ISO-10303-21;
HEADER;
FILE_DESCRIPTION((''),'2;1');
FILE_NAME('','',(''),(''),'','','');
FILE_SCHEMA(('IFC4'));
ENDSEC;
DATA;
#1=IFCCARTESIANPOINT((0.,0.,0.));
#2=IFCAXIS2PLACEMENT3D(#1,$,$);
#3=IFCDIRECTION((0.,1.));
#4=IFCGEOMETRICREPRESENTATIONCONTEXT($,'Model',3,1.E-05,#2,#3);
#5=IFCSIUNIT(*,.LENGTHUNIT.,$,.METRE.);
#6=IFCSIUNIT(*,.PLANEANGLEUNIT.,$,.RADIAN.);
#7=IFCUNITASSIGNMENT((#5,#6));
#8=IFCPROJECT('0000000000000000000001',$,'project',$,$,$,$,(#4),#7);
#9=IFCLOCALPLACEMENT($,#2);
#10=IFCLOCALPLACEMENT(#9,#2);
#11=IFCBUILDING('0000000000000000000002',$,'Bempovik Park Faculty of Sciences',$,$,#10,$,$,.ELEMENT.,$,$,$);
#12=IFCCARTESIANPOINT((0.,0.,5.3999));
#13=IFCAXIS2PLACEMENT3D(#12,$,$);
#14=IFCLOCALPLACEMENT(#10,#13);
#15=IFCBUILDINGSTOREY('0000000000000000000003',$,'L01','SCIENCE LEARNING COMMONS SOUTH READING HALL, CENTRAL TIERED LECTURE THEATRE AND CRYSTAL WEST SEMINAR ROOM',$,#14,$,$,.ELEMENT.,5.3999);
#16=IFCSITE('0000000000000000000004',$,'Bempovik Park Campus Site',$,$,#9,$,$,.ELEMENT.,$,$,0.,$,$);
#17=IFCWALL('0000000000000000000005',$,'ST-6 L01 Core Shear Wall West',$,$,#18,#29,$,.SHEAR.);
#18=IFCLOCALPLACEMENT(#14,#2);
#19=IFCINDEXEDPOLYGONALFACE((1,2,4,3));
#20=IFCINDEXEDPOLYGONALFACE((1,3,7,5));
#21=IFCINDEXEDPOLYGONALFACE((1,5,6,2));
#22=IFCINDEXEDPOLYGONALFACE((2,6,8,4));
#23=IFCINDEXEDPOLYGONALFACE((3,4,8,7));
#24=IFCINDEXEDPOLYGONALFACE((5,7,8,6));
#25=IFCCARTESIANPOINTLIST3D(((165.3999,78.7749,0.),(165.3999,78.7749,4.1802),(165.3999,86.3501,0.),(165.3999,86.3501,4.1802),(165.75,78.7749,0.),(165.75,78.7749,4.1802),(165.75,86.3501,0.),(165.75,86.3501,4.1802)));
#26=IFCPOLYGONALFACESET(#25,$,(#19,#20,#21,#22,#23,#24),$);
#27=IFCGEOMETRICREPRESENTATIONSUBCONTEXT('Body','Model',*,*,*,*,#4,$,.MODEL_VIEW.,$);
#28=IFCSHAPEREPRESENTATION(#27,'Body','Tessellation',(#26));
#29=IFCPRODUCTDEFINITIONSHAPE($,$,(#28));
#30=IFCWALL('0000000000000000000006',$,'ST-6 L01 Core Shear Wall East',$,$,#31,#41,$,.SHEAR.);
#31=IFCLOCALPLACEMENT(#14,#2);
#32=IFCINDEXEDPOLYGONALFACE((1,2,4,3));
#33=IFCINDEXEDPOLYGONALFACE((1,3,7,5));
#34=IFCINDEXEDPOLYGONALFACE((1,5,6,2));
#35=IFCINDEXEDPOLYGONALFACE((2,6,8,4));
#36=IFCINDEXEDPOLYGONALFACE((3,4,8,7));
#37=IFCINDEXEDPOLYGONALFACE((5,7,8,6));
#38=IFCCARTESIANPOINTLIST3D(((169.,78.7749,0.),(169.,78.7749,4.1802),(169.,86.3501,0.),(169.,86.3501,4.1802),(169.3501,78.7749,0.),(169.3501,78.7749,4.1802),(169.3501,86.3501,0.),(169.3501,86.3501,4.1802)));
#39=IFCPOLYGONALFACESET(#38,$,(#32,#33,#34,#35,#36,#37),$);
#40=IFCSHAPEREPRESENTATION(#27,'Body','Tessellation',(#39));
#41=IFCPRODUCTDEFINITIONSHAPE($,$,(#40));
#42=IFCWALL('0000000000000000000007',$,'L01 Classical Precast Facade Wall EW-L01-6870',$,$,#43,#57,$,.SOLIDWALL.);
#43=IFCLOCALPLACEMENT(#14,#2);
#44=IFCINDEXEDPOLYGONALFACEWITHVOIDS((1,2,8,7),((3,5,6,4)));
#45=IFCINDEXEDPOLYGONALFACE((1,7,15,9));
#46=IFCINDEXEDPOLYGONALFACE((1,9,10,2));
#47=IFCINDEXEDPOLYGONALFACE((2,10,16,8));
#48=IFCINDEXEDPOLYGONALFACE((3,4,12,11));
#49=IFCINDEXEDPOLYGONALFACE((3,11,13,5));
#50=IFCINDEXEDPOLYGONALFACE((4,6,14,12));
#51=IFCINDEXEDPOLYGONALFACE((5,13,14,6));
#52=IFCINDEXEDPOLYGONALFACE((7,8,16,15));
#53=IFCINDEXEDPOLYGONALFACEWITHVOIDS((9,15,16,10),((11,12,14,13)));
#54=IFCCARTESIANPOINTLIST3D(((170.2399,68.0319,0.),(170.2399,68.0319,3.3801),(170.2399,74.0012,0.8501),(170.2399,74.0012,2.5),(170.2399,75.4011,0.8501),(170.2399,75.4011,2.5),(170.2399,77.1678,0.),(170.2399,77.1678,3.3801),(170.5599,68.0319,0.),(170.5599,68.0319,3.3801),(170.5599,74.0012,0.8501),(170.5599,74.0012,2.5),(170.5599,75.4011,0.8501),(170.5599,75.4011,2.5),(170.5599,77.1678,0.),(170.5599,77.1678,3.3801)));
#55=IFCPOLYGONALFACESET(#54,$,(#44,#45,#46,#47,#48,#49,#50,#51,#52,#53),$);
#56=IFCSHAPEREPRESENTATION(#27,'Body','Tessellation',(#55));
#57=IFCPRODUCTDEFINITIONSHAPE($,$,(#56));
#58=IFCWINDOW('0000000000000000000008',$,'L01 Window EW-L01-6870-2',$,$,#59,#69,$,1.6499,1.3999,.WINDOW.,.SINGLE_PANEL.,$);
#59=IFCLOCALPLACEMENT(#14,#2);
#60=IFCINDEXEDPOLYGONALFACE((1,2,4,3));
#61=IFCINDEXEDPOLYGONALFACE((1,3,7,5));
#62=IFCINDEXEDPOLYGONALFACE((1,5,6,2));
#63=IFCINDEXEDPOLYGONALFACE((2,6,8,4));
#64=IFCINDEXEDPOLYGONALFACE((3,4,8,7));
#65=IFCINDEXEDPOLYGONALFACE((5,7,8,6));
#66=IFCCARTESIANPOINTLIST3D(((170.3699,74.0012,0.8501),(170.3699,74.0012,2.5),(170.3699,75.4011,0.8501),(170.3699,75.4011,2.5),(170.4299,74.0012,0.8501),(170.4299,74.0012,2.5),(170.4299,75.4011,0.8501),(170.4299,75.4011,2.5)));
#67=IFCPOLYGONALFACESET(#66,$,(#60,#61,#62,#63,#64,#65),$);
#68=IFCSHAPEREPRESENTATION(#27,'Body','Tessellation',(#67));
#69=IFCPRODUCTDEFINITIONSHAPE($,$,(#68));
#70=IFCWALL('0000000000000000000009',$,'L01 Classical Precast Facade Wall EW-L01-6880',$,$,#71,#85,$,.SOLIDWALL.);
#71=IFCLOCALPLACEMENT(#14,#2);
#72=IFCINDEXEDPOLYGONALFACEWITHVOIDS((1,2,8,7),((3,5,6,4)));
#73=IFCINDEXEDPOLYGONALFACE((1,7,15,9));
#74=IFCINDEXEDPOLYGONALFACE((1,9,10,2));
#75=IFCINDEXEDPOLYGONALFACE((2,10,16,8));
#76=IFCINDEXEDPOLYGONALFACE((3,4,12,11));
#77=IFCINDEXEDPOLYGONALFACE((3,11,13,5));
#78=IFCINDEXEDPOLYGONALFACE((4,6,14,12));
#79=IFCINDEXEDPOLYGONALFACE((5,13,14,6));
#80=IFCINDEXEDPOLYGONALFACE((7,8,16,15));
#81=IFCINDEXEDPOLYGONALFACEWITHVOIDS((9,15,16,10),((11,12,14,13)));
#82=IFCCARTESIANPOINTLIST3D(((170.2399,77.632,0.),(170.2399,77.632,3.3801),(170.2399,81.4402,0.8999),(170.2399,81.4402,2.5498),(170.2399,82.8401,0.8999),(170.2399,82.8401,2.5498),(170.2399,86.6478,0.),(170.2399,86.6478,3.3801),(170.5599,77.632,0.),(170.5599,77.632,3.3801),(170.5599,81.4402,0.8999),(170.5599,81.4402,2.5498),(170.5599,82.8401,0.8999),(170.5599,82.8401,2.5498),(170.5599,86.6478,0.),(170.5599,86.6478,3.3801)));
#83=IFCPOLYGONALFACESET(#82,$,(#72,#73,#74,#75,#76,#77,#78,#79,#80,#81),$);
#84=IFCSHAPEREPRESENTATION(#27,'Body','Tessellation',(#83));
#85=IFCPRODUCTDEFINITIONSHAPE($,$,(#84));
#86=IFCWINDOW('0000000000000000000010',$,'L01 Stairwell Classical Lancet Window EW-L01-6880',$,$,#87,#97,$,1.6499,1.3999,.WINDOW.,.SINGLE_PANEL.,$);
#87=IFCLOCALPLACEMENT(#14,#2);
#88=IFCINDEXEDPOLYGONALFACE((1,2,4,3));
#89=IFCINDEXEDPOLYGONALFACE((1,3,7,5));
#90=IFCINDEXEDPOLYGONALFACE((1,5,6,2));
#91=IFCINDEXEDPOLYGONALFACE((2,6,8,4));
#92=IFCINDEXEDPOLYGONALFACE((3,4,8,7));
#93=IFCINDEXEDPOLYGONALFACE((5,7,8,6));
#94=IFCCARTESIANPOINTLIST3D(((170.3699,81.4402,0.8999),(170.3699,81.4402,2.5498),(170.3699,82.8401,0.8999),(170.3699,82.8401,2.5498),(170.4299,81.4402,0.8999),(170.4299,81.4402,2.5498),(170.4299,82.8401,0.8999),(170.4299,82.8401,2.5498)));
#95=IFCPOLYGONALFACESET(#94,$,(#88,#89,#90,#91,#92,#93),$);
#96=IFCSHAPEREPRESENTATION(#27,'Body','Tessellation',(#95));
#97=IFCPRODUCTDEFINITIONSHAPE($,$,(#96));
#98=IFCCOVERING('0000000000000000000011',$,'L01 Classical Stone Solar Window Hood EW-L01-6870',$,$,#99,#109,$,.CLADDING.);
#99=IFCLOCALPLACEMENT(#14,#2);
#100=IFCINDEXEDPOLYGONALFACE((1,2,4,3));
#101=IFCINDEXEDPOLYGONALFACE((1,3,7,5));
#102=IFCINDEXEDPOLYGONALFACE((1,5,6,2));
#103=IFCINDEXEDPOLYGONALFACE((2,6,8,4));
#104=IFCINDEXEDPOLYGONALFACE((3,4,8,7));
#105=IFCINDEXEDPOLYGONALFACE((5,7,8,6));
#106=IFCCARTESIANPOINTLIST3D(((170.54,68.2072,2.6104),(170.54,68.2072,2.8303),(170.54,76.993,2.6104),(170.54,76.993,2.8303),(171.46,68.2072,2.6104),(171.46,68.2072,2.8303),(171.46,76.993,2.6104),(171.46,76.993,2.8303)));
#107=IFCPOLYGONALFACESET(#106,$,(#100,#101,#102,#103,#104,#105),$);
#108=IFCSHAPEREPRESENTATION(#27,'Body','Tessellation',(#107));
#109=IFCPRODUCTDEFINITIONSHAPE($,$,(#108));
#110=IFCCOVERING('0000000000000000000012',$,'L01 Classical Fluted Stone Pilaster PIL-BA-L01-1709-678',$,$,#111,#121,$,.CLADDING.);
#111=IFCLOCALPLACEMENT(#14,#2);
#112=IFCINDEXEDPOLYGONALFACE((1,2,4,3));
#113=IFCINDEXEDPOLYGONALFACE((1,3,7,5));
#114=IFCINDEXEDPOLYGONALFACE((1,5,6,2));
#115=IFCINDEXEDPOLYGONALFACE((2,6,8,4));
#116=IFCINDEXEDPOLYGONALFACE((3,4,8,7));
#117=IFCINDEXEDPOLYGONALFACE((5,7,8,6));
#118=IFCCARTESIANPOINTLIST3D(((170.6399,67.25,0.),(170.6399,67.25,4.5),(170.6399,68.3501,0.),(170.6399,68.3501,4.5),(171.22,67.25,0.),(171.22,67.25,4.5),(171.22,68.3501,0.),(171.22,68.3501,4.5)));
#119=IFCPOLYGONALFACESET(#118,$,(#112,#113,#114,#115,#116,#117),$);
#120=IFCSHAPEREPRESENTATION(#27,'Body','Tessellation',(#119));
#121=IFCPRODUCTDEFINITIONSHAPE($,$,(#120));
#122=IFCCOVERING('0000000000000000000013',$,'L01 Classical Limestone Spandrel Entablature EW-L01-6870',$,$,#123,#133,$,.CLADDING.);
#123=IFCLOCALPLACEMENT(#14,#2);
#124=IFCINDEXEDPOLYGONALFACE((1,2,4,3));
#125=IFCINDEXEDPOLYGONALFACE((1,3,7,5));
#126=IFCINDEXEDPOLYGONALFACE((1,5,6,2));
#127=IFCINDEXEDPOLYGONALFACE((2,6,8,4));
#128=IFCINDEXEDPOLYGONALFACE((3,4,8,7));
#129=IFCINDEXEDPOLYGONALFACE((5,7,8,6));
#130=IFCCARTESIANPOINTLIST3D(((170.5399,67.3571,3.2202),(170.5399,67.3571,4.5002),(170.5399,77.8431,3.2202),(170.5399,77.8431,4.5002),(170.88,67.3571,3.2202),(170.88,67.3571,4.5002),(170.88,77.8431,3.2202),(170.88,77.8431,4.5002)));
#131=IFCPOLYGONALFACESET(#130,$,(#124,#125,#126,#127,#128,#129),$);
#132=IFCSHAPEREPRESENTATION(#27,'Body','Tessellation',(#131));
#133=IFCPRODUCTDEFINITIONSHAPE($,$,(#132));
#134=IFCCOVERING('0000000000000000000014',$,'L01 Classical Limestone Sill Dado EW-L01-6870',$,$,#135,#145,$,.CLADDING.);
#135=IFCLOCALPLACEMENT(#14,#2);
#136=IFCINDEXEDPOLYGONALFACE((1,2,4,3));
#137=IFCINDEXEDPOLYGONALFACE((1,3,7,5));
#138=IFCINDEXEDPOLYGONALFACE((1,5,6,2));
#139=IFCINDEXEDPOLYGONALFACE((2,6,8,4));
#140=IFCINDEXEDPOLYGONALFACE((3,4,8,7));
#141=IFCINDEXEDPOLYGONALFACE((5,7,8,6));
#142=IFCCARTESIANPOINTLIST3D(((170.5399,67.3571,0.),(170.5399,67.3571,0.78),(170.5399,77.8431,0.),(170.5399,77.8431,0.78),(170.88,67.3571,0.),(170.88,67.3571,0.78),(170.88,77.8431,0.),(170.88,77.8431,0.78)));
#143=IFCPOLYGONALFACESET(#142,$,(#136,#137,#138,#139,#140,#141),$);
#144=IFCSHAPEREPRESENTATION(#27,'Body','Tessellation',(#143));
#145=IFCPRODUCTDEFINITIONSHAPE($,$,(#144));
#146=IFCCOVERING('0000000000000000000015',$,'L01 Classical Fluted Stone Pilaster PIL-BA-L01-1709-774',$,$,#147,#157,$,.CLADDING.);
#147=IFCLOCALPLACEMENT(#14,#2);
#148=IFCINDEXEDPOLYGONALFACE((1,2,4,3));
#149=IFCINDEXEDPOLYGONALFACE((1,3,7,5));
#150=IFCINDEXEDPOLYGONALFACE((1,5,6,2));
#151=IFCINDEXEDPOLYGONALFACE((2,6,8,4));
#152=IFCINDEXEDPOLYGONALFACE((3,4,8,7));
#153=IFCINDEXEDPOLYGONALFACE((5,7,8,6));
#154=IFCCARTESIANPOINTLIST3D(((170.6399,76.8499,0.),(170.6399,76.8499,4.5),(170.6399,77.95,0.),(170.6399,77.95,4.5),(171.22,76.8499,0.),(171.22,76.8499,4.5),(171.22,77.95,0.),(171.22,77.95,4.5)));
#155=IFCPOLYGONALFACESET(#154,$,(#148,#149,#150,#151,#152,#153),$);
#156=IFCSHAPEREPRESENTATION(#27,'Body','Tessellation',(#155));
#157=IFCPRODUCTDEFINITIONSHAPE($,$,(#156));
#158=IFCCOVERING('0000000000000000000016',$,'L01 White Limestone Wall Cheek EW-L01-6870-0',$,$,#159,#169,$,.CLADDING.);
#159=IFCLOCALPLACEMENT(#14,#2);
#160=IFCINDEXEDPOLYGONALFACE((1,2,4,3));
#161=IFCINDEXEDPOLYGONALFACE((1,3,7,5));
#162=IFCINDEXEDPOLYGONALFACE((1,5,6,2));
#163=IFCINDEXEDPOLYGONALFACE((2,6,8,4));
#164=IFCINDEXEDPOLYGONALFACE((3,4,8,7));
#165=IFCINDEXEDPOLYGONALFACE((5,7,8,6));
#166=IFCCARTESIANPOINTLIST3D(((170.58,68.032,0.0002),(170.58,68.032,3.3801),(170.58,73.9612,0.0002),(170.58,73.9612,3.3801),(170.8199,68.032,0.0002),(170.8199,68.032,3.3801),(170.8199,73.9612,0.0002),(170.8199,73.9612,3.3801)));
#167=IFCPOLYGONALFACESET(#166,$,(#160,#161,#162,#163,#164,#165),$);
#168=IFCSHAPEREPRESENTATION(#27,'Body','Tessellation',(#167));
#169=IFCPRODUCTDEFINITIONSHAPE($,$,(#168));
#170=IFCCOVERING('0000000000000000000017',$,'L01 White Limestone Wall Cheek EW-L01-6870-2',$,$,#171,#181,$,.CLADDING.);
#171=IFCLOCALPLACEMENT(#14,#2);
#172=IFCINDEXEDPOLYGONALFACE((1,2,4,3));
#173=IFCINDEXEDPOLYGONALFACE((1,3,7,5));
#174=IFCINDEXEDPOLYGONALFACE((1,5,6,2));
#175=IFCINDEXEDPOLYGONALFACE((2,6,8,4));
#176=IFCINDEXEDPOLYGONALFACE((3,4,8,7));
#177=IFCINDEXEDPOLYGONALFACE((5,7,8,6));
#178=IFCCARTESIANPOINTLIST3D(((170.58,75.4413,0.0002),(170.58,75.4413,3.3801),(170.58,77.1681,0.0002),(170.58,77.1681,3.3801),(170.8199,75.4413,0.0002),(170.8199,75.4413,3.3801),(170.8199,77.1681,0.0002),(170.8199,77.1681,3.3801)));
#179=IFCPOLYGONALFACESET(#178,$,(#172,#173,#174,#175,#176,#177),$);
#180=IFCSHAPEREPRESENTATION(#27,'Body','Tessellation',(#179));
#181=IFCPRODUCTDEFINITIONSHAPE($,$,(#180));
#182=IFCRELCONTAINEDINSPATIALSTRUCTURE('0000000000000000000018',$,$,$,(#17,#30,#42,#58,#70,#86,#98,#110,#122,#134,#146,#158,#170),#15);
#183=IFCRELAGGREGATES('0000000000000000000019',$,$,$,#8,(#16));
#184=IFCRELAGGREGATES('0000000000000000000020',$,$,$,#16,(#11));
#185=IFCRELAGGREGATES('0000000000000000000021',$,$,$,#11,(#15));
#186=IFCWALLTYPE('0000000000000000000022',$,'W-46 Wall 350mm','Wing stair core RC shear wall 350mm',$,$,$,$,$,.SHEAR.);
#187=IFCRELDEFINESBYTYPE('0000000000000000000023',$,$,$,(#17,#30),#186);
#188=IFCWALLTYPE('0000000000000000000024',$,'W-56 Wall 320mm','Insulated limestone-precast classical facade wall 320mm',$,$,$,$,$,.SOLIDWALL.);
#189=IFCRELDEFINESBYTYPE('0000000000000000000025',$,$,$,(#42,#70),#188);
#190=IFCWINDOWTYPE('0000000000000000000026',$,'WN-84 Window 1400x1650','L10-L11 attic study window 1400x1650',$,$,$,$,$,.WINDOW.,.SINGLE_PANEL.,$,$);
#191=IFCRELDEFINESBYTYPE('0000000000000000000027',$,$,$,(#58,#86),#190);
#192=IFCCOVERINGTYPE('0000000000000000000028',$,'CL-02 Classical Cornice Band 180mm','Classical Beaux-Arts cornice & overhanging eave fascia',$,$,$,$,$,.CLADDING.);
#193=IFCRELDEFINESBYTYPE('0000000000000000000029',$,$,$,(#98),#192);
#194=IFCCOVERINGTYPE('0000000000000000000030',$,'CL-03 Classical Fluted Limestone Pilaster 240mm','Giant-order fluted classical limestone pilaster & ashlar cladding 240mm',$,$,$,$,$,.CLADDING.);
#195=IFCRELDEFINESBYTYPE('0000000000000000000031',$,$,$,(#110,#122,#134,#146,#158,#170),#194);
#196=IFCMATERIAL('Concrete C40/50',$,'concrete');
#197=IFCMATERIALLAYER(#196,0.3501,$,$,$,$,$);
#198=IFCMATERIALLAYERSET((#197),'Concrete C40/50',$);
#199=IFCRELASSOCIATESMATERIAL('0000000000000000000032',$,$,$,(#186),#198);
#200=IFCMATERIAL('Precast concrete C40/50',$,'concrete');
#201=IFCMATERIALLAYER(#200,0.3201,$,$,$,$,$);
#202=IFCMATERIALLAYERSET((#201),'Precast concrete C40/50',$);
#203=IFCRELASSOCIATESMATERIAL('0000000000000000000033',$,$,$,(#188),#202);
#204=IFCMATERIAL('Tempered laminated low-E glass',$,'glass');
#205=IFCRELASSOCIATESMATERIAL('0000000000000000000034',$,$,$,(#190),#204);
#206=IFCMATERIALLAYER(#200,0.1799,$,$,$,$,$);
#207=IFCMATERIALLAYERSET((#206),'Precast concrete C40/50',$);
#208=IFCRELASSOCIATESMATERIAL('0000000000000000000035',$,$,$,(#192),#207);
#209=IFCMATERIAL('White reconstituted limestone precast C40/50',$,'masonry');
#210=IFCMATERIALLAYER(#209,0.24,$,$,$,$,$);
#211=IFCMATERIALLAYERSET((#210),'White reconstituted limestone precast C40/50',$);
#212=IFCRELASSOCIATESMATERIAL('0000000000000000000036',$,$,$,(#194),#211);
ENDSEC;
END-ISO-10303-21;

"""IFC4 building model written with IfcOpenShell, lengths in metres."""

from ifc_helpers import new_model, si_unit, direction, frame, frame_2d, origin, origin_2d, place, context, subcontext, project, spatial, rectangle, extrude, material, layer, layer_set, type_object, element, fill, save


model = new_model("IFC4")

# Units and contexts
model_context = context("Model", 3, precision=1e-05, world=origin(), true_north=direction((0.0, 1.0)))
body_context = subcontext(model_context, "Body", "Model", "MODEL_VIEW")
ifc_project = project(units=[si_unit("LENGTHUNIT", "METRE"), si_unit("PLANEANGLEUNIT", "RADIAN")], contexts=[model_context])

# Site, building, storey
site_placement = place(None, origin())
site = spatial("IfcSite", under=ifc_project, at=site_placement, Name="Bempovik Park Campus Site", CompositionType="ELEMENT", RefElevation=0.0)
building_placement = place(site_placement, origin())
building = spatial("IfcBuilding", under=site, at=building_placement, Name="Bempovik Park Faculty of Sciences", CompositionType="ELEMENT")
storey_placement = place(building_placement, frame((0.0, 0.0, 5.3999)))
storey = spatial("IfcBuildingStorey", under=building, at=storey_placement, Name="L01", Description="SCIENCE LEARNING COMMONS SOUTH READING HALL, CENTRAL TIERED LECTURE THEATRE AND CRYSTAL WEST SEMINAR ROOM", CompositionType="ELEMENT", Elevation=5.3999)

# Shared definitions
ifc_material_1 = material(Name="Concrete C40/50", Category="concrete")
ifc_layer_1 = layer(ifc_material_1, 0.3501)
ifc_layer_set_1 = layer_set([ifc_layer_1], Name="Concrete C40/50")
wall_type_1 = type_object("IfcWallType", Name="W-46 Wall 350mm", Description="Wing stair core RC shear wall 350mm", PredefinedType="SHEAR", material=ifc_layer_set_1)

# Walls
for number, where, z_axis, x_axis, name in (
    (1, (165.575, 78.7749, 0.0), (0.0, 0.0, 1.0), (0.0, 1.0, 0.0), "ST-6 L01 Core Shear Wall West"),
    (2, (169.175, 78.7749, 0.0), (0.0, 0.0, 1.0), (0.0, 1.0, 0.0), "ST-6 L01 Core Shear Wall East"),
):
    element("IfcWall", number, at=place(storey_placement, frame(where, z_axis=z_axis, x_axis=x_axis)), inside=storey, type_object=wall_type_1, Name=name, PredefinedType="SHEAR", context=body_context, shape_type="SweptSolid", body=[
        extrude(rectangle(XDim=7.5752, YDim=0.3501, at=frame_2d((3.7876, 0.0))), origin(), (0.0, 0.0, 1.0), 4.1802),
    ])

# Walls, openings, windows
ifc_material_2 = material(Name="Precast concrete C40/50", Category="concrete")
ifc_layer_2 = layer(ifc_material_2, 0.3201)
ifc_layer_set_2 = layer_set([ifc_layer_2], Name="Precast concrete C40/50")
wall_type_2 = type_object("IfcWallType", Name="W-56 Wall 320mm", Description="Insulated limestone-precast classical facade wall 320mm", PredefinedType="SOLIDWALL", material=ifc_layer_set_2)
wall_1_placement = place(storey_placement, frame((170.3999, 68.032, 0.0), z_axis=(0.0, 0.0, 1.0), x_axis=(0.0, 1.0, 0.0)))
wall_1 = element("IfcWall", 3, at=wall_1_placement, inside=storey, type_object=wall_type_2, Name="L01 Classical Precast Facade Wall EW-L01-6870", PredefinedType="SOLIDWALL", context=body_context, shape_type="SweptSolid", body=[
    extrude(rectangle(XDim=9.136, YDim=0.3201, at=frame_2d((4.5679, 0.0))), origin(), (0.0, 0.0, 1.0), 3.3801),
])
opening_1_placement = place(wall_1_placement, frame((5.9692, 0.0, 0.8501)))
opening_1 = element("IfcOpeningElement", 4, at=opening_1_placement, cuts=wall_1, PredefinedType="OPENING", context=body_context, shape_type="SweptSolid", body=[
    extrude(rectangle(XDim=1.3999, YDim=1.6499, at=frame_2d((0.7, 0.825))), frame((0.0, 0.1699, 0.0), z_axis=(0.0, -1.0, 0.0), x_axis=(1.0, 0.0, 0.0)), (0.0, 0.0, 1.0), 0.3401),
])
ifc_material_3 = material(Name="Tempered laminated low-E glass", Category="glass")
window_type = type_object("IfcWindowType", Name="WN-84 Window 1400x1650", Description="L10-L11 attic study window 1400x1650", PartitioningType="SINGLE_PANEL", PredefinedType="WINDOW", material=ifc_material_3)
window_1_placement = place(opening_1_placement, origin())
window_1 = element("IfcWindow", 5, at=window_1_placement, inside=storey, type_object=window_type, Name="L01 Window EW-L01-6870-2", OverallHeight=1.6499, OverallWidth=1.3999, PartitioningType="SINGLE_PANEL", PredefinedType="WINDOW", context=body_context, shape_type="SweptSolid", body=[
    extrude(rectangle(XDim=1.3999, YDim=1.6499, at=frame_2d((0.7, 0.825))), frame((0.0, 0.03, 0.0), z_axis=(0.0, -1.0, 0.0), x_axis=(1.0, 0.0, 0.0)), (0.0, 0.0, 1.0), 0.0601),
])
fill(opening_1, window_1)
wall_2_placement = place(storey_placement, frame((170.3999, 77.6321, 0.0), z_axis=(0.0, 0.0, 1.0), x_axis=(0.0, 1.0, 0.0)))
wall_2 = element("IfcWall", 6, at=wall_2_placement, inside=storey, type_object=wall_type_2, Name="L01 Classical Precast Facade Wall EW-L01-6880", PredefinedType="SOLIDWALL", context=body_context, shape_type="SweptSolid", body=[
    extrude(rectangle(XDim=9.0159, YDim=0.3201, at=frame_2d((4.5078, 0.0))), origin(), (0.0, 0.0, 1.0), 3.3801),
])
opening_2_placement = place(wall_2_placement, frame((3.8081, 0.0, 0.8999)))
opening_2 = element("IfcOpeningElement", 7, at=opening_2_placement, cuts=wall_2, PredefinedType="OPENING", context=body_context, shape_type="SweptSolid", body=[
    extrude(rectangle(XDim=1.3999, YDim=1.6499, at=frame_2d((0.7, 0.825))), frame((0.0, 0.1699, 0.0), z_axis=(0.0, -1.0, 0.0), x_axis=(1.0, 0.0, 0.0)), (0.0, 0.0, 1.0), 0.3401),
])
window_2_placement = place(opening_2_placement, origin())
window_2 = element("IfcWindow", 8, at=window_2_placement, inside=storey, type_object=window_type, Name="L01 Stairwell Classical Lancet Window EW-L01-6880", OverallHeight=1.6499, OverallWidth=1.3999, PartitioningType="SINGLE_PANEL", PredefinedType="WINDOW", context=body_context, shape_type="SweptSolid", body=[
    extrude(rectangle(XDim=1.3999, YDim=1.6499, at=frame_2d((0.7, 0.825))), frame((0.0, 0.03, 0.0), z_axis=(0.0, -1.0, 0.0), x_axis=(1.0, 0.0, 0.0)), (0.0, 0.0, 1.0), 0.0601),
])
fill(opening_2, window_2)

# Coverings
ifc_layer_3 = layer(ifc_material_2, 0.1799)
ifc_layer_set_3 = layer_set([ifc_layer_3], Name="Precast concrete C40/50")
covering_type_1 = type_object("IfcCoveringType", Name="CL-02 Classical Cornice Band 180mm", Description="Classical Beaux-Arts cornice & overhanging eave fascia", PredefinedType="CLADDING", material=ifc_layer_set_3)
covering_1_placement = place(storey_placement, frame((171.0, 72.6001, 2.6104), z_axis=(0.0, 0.0, 1.0), x_axis=(1.0, 0.0, 0.0)))
element("IfcCovering", 9, at=covering_1_placement, inside=storey, type_object=covering_type_1, Name="L01 Classical Stone Solar Window Hood EW-L01-6870", PredefinedType="CLADDING", context=body_context, shape_type="SweptSolid", body=[
    extrude(rectangle(XDim=0.9199, YDim=8.7859, at=origin_2d()), origin(), (0.0, 0.0, 1.0), 0.22),
])
ifc_material_4 = material(Name="White reconstituted limestone precast C40/50", Category="masonry")
ifc_layer_4 = layer(ifc_material_4, 0.24)
ifc_layer_set_4 = layer_set([ifc_layer_4], Name="White reconstituted limestone precast C40/50")
covering_type_2 = type_object("IfcCoveringType", Name="CL-03 Classical Fluted Limestone Pilaster 240mm", Description="Giant-order fluted classical limestone pilaster & ashlar cladding 240mm", PredefinedType="CLADDING", material=ifc_layer_set_4)
covering_2_placement = place(storey_placement, frame((170.9299, 67.8, 0.0), z_axis=(0.0, 0.0, 1.0), x_axis=(1.0, 0.0, 0.0)))
element("IfcCovering", 10, at=covering_2_placement, inside=storey, type_object=covering_type_2, Name="L01 Classical Fluted Stone Pilaster PIL-BA-L01-1709-678", PredefinedType="CLADDING", context=body_context, shape_type="SweptSolid", body=[
    extrude(rectangle(XDim=0.5801, YDim=1.1001, at=origin_2d()), origin(), (0.0, 0.0, 1.0), 4.5),
])
covering_3_placement = place(storey_placement, frame((170.71, 72.6001, 3.2202), z_axis=(0.0, 0.0, 1.0), x_axis=(1.0, 0.0, 0.0)))
element("IfcCovering", 11, at=covering_3_placement, inside=storey, type_object=covering_type_2, Name="L01 Classical Limestone Spandrel Entablature EW-L01-6870", PredefinedType="CLADDING", context=body_context, shape_type="SweptSolid", body=[
    extrude(rectangle(XDim=0.3401, YDim=10.4861, at=origin_2d()), origin(), (0.0, 0.0, 1.0), 1.28),
])
covering_4_placement = place(storey_placement, frame((170.71, 72.6001, 0.0), z_axis=(0.0, 0.0, 1.0), x_axis=(1.0, 0.0, 0.0)))
element("IfcCovering", 12, at=covering_4_placement, inside=storey, type_object=covering_type_2, Name="L01 Classical Limestone Sill Dado EW-L01-6870", PredefinedType="CLADDING", context=body_context, shape_type="SweptSolid", body=[
    extrude(rectangle(XDim=0.3401, YDim=10.4861, at=origin_2d()), origin(), (0.0, 0.0, 1.0), 0.78),
])
covering_5_placement = place(storey_placement, frame((170.9299, 77.3999, 0.0), z_axis=(0.0, 0.0, 1.0), x_axis=(1.0, 0.0, 0.0)))
element("IfcCovering", 13, at=covering_5_placement, inside=storey, type_object=covering_type_2, Name="L01 Classical Fluted Stone Pilaster PIL-BA-L01-1709-774", PredefinedType="CLADDING", context=body_context, shape_type="SweptSolid", body=[
    extrude(rectangle(XDim=0.5801, YDim=1.1001, at=origin_2d()), origin(), (0.0, 0.0, 1.0), 4.5),
])
covering_6_placement = place(storey_placement, frame((170.7, 70.9966, 0.0002), z_axis=(0.0, 0.0, 1.0), x_axis=(1.0, 0.0, 0.0)))
element("IfcCovering", 14, at=covering_6_placement, inside=storey, type_object=covering_type_2, Name="L01 White Limestone Wall Cheek EW-L01-6870-0", PredefinedType="CLADDING", context=body_context, shape_type="SweptSolid", body=[
    extrude(rectangle(XDim=0.24, YDim=5.9292, at=origin_2d()), origin(), (0.0, 0.0, 1.0), 3.3799),
])
covering_7_placement = place(storey_placement, frame((170.7, 76.3047, 0.0002), z_axis=(0.0, 0.0, 1.0), x_axis=(1.0, 0.0, 0.0)))
element("IfcCovering", 15, at=covering_7_placement, inside=storey, type_object=covering_type_2, Name="L01 White Limestone Wall Cheek EW-L01-6870-2", PredefinedType="CLADDING", context=body_context, shape_type="SweptSolid", body=[
    extrude(rectangle(XDim=0.24, YDim=1.7268, at=origin_2d()), origin(), (0.0, 0.0, 1.0), 3.3799),
])

save(model, "model.ifc")
